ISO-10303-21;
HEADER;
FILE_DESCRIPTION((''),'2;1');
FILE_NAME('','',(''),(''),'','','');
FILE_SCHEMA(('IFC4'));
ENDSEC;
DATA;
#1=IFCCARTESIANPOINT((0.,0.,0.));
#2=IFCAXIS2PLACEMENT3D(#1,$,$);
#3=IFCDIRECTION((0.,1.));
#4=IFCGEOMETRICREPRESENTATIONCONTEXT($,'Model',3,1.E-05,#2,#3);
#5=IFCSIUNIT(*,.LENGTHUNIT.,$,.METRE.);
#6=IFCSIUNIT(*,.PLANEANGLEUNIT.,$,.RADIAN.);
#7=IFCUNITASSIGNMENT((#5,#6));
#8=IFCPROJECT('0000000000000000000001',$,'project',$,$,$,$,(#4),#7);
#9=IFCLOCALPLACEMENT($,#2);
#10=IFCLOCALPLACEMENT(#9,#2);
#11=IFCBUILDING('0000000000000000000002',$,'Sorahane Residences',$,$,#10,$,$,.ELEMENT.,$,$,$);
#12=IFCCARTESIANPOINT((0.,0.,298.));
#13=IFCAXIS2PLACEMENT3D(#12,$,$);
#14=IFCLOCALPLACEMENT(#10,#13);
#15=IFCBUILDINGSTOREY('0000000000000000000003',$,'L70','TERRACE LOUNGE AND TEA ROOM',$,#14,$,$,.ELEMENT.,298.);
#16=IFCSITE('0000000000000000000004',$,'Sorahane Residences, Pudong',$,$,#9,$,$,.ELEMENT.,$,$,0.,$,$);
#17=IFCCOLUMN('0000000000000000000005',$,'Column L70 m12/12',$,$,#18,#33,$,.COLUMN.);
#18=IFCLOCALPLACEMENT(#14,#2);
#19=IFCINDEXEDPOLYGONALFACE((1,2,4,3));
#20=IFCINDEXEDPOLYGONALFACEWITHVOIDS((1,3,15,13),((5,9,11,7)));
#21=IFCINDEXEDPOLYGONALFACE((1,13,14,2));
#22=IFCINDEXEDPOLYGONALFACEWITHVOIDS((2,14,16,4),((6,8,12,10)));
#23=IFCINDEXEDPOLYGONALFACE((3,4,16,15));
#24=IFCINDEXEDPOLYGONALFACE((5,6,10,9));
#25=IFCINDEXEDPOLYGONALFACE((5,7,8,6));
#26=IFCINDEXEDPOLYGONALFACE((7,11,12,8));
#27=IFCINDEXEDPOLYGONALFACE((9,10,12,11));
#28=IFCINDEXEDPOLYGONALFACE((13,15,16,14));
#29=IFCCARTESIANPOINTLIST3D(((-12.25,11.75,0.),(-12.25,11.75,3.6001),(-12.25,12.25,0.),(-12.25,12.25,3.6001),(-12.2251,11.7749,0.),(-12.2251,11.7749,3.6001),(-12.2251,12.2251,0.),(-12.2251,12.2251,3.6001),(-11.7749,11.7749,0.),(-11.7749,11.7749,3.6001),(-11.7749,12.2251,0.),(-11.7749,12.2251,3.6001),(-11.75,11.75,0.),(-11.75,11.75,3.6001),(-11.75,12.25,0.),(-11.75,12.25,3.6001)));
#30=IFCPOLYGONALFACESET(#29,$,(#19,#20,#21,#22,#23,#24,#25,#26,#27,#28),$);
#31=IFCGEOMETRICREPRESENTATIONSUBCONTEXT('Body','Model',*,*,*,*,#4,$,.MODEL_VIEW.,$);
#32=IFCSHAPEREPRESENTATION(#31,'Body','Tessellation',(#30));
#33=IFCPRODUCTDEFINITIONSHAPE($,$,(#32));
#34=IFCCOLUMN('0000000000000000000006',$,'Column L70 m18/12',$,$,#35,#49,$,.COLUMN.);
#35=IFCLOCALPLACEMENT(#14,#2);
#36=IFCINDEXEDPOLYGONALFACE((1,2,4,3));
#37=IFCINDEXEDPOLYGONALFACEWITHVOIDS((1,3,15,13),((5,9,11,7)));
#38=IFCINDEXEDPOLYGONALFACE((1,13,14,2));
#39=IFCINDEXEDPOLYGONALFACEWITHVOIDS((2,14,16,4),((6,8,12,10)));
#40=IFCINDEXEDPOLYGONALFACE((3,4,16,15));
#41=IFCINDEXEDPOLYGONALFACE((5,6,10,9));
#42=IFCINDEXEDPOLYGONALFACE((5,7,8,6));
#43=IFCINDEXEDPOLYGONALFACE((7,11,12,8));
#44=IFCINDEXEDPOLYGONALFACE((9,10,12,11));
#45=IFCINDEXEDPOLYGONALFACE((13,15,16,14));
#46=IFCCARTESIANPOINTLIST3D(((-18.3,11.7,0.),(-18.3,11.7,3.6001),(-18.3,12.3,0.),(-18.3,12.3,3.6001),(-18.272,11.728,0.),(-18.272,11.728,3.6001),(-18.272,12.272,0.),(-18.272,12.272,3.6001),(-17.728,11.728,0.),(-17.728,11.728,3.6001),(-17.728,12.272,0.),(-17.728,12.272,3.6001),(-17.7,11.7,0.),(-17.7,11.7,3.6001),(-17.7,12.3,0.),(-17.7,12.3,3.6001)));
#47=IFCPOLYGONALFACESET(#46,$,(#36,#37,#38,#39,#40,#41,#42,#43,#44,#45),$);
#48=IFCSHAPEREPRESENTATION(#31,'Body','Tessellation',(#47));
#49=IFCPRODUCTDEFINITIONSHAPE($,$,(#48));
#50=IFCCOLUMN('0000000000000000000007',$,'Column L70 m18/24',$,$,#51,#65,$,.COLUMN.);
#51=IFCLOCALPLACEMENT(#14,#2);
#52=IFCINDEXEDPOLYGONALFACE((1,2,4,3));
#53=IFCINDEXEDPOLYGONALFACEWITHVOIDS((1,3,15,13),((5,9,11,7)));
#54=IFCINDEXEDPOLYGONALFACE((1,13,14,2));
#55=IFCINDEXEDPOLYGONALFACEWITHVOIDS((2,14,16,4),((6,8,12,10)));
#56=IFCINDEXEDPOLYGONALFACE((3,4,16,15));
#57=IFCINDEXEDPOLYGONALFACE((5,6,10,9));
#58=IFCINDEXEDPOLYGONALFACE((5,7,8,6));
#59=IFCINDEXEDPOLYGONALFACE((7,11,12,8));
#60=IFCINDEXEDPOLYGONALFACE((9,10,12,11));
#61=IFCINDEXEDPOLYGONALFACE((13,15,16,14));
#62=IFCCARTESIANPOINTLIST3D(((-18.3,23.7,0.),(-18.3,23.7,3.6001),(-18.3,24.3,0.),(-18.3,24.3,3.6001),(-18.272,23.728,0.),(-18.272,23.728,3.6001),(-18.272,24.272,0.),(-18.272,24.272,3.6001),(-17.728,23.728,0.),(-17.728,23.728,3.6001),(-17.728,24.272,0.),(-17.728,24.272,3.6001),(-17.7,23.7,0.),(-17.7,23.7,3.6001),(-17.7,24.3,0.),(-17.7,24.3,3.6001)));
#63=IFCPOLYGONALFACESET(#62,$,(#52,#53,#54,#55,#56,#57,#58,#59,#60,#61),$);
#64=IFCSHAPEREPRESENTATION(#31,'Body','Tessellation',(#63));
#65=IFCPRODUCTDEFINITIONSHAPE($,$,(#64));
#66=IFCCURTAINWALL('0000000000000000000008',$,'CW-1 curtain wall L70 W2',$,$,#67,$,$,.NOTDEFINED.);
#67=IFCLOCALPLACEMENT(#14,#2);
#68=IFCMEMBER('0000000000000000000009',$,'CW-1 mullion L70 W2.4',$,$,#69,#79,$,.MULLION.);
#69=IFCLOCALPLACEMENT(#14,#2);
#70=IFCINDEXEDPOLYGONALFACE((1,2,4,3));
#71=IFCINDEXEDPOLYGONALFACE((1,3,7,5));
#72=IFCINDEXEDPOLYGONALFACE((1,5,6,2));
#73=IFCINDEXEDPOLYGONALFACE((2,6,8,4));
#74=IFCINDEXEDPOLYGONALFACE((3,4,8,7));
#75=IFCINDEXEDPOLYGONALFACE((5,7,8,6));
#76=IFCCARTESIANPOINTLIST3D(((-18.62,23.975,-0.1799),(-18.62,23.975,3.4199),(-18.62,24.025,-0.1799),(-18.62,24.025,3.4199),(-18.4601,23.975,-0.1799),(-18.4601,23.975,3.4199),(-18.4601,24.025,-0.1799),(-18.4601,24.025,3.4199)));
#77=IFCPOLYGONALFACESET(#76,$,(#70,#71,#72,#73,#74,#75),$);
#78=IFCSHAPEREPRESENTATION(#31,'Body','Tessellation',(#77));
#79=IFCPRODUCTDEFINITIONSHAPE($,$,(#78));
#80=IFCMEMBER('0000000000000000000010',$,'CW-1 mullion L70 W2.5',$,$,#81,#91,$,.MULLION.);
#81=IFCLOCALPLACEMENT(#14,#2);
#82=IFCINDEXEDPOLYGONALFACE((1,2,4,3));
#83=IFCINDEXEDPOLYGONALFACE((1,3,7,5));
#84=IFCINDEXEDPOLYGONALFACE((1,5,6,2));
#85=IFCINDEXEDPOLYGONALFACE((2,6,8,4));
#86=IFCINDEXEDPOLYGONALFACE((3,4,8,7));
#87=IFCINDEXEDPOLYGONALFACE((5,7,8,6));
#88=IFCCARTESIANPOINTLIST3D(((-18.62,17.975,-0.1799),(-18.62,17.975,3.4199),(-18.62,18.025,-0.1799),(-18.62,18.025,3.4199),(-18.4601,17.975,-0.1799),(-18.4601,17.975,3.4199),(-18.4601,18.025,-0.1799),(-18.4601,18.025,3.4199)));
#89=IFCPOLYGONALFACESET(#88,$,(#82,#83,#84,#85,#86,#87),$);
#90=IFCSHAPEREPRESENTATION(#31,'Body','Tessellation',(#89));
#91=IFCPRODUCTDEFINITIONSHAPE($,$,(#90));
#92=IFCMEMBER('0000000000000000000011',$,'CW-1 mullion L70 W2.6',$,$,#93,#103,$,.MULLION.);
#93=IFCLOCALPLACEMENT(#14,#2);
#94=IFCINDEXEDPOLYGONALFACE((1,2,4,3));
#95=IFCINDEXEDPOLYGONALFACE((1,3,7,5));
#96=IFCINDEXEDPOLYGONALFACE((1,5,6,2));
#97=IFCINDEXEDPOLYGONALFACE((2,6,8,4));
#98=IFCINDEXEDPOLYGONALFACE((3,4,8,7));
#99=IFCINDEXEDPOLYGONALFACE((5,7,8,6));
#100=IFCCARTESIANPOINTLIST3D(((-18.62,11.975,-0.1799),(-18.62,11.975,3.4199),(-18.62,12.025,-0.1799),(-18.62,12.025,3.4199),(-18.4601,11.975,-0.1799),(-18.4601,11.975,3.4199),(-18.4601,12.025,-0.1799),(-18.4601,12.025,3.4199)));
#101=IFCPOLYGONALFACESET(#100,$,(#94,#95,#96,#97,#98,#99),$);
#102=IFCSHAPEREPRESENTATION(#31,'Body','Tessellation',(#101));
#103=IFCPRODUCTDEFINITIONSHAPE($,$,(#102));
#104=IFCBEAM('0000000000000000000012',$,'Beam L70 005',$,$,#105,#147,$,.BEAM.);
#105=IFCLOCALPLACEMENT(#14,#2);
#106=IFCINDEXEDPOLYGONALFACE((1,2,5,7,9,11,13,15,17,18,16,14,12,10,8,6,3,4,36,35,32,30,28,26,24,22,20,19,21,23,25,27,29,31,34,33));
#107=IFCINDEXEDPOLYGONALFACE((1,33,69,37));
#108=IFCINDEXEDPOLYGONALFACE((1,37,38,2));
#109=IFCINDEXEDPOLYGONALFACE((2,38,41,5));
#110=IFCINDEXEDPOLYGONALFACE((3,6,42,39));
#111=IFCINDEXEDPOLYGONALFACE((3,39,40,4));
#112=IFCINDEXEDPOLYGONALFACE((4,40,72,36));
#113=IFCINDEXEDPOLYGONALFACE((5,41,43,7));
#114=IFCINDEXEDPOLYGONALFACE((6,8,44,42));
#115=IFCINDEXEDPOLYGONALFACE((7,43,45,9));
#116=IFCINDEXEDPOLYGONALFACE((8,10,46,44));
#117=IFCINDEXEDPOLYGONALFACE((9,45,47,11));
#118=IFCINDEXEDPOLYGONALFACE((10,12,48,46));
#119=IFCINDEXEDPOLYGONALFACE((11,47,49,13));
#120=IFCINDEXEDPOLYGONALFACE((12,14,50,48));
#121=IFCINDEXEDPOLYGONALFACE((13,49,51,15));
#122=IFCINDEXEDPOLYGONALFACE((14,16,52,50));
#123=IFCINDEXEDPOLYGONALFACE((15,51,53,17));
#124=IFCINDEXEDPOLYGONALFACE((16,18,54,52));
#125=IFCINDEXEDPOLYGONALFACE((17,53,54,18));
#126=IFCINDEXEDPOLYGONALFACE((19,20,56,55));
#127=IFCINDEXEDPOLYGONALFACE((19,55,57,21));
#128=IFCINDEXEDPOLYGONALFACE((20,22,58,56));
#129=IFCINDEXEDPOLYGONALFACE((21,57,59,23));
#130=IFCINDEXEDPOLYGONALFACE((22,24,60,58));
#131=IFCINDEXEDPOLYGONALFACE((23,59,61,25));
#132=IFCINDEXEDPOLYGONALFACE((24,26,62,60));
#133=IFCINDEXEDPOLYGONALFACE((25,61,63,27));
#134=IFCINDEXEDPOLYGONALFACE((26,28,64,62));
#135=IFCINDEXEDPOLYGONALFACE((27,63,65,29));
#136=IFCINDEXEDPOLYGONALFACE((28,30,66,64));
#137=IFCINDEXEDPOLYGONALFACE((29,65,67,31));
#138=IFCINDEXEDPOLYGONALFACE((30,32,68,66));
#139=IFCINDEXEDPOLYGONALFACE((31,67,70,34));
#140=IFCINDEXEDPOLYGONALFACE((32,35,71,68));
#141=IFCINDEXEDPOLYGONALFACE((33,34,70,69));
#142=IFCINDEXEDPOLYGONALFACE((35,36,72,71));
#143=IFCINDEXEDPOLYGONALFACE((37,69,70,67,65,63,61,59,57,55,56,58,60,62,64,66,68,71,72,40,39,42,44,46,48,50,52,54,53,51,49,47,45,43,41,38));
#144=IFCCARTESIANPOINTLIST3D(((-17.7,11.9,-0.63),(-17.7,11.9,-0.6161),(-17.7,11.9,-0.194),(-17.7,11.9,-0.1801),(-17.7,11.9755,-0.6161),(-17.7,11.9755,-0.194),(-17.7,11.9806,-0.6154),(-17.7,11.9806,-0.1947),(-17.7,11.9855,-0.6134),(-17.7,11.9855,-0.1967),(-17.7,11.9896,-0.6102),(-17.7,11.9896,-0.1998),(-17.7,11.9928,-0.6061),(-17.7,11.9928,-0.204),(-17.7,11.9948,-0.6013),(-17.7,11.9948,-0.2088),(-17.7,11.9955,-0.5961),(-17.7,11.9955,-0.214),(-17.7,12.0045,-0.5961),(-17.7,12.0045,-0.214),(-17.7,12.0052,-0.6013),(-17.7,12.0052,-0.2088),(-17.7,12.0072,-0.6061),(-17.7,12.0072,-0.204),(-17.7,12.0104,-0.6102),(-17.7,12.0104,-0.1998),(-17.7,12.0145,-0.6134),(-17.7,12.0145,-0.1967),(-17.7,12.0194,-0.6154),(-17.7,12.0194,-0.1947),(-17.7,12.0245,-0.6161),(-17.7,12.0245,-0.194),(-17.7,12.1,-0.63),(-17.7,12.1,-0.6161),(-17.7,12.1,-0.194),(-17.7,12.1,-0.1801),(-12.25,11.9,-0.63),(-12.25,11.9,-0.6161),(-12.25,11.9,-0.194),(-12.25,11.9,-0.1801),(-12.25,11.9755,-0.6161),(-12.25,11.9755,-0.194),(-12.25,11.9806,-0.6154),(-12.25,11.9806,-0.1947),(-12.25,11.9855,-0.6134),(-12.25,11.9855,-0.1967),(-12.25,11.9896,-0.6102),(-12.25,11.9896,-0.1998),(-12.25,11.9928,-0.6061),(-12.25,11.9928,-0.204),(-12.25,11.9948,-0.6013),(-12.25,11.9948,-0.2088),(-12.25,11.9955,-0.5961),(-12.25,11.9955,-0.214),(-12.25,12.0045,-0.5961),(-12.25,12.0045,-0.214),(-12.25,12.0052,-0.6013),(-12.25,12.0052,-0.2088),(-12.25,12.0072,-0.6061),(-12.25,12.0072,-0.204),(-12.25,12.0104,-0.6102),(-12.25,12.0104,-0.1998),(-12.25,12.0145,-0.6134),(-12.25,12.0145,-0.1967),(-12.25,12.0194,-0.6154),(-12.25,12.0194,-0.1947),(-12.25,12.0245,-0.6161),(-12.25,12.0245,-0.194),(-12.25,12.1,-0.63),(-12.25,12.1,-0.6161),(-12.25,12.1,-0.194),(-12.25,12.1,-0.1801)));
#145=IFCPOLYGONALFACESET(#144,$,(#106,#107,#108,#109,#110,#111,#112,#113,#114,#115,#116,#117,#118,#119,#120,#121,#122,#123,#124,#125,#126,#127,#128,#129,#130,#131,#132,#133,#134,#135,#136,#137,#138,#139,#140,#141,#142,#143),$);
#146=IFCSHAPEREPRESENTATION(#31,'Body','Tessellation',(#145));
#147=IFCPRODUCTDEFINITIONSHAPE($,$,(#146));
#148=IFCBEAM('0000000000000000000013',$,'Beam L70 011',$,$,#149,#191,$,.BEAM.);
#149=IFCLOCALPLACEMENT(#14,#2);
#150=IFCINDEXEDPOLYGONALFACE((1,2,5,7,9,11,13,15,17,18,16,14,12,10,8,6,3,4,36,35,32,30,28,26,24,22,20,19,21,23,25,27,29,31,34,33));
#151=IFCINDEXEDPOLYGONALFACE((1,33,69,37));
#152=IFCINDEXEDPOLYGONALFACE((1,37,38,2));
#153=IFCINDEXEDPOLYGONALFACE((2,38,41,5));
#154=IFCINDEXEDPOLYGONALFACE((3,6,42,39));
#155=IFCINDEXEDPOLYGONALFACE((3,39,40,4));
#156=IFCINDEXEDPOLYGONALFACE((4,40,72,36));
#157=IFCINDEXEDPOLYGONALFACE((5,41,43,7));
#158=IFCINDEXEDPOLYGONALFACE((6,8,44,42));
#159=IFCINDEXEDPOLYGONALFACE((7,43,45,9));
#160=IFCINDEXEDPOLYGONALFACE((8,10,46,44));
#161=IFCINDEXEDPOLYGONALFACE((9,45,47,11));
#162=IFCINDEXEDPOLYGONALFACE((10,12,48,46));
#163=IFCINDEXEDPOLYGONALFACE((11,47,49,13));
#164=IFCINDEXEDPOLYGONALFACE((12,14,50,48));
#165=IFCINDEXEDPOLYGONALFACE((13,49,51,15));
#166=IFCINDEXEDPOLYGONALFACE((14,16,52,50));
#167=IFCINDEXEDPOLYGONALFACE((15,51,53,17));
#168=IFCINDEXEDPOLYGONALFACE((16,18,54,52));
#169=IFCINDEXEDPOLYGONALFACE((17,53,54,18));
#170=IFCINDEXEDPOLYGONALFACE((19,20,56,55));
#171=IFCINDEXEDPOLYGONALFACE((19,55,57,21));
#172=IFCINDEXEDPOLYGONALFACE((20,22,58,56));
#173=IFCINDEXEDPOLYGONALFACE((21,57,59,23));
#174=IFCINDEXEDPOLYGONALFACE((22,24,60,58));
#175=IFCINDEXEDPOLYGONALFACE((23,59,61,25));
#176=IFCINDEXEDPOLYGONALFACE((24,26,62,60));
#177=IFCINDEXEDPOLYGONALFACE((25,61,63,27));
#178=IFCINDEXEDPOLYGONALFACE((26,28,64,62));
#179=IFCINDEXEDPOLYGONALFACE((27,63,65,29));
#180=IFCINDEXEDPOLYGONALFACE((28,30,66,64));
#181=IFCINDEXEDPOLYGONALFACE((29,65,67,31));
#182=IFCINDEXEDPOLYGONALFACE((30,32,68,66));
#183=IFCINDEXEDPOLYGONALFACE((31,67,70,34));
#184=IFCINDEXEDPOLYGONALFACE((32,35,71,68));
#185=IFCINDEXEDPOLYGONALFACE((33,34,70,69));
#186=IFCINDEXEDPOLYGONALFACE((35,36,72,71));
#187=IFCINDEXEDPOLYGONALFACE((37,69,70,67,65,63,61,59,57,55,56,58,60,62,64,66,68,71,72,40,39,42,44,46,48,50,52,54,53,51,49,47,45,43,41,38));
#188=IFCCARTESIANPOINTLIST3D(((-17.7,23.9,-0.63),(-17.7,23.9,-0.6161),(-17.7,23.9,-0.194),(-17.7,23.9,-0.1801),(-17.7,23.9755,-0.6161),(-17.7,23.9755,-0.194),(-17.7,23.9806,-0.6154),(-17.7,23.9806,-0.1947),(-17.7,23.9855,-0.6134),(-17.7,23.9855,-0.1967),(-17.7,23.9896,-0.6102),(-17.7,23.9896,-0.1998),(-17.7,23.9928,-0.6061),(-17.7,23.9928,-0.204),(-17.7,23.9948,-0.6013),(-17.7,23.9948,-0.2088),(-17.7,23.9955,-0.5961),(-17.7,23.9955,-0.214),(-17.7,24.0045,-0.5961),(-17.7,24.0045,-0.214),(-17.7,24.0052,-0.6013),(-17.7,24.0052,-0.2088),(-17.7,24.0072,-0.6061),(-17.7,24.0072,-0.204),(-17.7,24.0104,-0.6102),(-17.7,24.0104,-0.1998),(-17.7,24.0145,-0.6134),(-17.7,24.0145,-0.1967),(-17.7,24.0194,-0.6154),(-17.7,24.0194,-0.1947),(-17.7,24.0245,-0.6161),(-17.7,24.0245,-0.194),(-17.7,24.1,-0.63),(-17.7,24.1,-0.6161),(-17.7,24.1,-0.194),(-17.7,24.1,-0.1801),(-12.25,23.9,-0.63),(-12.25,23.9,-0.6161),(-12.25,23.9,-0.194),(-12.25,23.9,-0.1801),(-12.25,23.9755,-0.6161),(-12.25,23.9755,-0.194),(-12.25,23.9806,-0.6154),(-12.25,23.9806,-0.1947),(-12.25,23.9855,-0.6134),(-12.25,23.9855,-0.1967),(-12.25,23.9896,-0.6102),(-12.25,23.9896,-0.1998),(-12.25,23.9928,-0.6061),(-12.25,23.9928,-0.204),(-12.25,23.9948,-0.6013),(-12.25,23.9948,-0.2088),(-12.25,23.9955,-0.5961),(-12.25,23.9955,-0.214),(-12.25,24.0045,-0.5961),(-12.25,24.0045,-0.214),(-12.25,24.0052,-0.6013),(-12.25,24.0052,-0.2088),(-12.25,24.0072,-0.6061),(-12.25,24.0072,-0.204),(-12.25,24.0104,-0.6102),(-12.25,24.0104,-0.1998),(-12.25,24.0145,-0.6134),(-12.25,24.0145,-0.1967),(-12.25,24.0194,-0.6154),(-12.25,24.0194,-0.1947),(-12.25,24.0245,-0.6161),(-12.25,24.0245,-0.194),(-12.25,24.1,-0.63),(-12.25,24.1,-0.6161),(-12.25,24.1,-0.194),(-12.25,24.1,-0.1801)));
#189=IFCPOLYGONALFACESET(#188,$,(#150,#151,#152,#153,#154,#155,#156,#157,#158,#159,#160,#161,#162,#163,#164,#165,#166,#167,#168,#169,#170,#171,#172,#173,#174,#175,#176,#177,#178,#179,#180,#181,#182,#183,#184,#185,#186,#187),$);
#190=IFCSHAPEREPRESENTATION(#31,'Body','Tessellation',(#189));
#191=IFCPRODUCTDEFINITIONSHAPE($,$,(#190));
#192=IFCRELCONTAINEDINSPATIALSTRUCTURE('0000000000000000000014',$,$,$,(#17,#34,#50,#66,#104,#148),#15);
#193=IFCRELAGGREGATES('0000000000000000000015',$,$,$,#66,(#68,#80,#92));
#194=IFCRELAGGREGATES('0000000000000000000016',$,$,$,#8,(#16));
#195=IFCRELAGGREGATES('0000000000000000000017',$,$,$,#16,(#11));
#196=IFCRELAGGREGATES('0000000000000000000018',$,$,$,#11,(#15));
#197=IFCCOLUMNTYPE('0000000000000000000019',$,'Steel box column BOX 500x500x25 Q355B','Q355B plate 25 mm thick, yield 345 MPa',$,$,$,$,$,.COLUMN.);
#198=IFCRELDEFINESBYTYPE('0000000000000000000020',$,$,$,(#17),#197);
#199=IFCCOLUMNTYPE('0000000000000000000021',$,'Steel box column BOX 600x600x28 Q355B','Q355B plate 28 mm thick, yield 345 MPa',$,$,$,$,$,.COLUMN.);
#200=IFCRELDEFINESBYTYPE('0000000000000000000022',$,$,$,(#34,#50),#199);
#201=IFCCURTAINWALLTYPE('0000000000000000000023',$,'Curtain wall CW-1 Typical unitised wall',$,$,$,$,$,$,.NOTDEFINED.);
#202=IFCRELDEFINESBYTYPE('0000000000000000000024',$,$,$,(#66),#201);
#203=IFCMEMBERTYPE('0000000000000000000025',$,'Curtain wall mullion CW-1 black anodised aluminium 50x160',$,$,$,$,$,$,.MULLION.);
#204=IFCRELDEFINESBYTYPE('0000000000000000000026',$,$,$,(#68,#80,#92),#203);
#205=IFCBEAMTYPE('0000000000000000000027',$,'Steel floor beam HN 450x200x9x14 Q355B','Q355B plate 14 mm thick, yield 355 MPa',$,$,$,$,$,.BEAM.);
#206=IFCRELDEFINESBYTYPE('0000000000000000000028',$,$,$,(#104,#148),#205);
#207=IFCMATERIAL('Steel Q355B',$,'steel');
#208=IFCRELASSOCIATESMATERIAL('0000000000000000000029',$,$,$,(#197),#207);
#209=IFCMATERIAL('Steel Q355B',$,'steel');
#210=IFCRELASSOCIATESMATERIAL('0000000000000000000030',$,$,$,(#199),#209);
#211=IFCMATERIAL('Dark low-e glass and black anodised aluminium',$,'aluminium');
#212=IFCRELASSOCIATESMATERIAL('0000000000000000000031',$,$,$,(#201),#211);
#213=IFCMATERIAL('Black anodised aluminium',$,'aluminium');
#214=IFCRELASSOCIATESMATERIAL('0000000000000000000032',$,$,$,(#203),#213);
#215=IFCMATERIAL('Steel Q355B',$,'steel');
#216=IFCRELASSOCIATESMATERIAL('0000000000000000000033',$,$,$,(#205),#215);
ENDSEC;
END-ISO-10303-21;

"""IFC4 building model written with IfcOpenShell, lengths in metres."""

from ifc_helpers import new_model, si_unit, direction, frame, origin, origin_2d, place, context, subcontext, project, spatial, rectangle, hollow_rectangle, i_section, extrude, material, material_profile, profile_set, type_object, element, aggregate, save


model = new_model("IFC4")

# Units and contexts
model_context = context("Model", 3, precision=1e-05, world=origin(), true_north=direction((0.0, 1.0)))
body_context = subcontext(model_context, "Body", "Model", "MODEL_VIEW")
ifc_project = project(units=[si_unit("LENGTHUNIT", "METRE"), si_unit("PLANEANGLEUNIT", "RADIAN")], contexts=[model_context])

# Site, building, storey
site_placement = place(None, origin())
site = spatial("IfcSite", under=ifc_project, at=site_placement, Name="Sorahane Residences, Pudong", CompositionType="ELEMENT", RefElevation=0.0)
building_placement = place(site_placement, origin())
building = spatial("IfcBuilding", under=site, at=building_placement, Name="Sorahane Residences", CompositionType="ELEMENT")
storey_placement = place(building_placement, frame((0.0, 0.0, 298.0)))
storey = spatial("IfcBuildingStorey", under=building, at=storey_placement, Name="L70", Description="TERRACE LOUNGE AND TEA ROOM", CompositionType="ELEMENT", Elevation=298.0)

# Columns
ifc_material_1 = material(Name="Steel Q355B", Category="steel")
ifc_material_profile_1 = material_profile(ifc_material_1, hollow_rectangle(XDim=0.5, YDim=0.5, WallThickness=0.0249, at=origin_2d()), Name="BOX 500x500x25")
ifc_profile_set_1 = profile_set([ifc_material_profile_1], Name="Steel Q355B")
column_type_1 = type_object("IfcColumnType", Name="Steel box column BOX 500x500x25 Q355B", Description="Q355B plate 25 mm thick, yield 345 MPa", PredefinedType="COLUMN", material=ifc_profile_set_1)
column_placement = place(storey_placement, frame((-12.0, 12.0, 0.0), z_axis=(0.0, 0.0, 1.0), x_axis=(1.0, 0.0, 0.0)))
element("IfcColumn", 1, at=column_placement, inside=storey, type_object=column_type_1, Name="Column L70 m12/12", PredefinedType="COLUMN", context=body_context, shape_type="SweptSolid", body=[
    extrude(hollow_rectangle(XDim=0.5, YDim=0.5, WallThickness=0.0249, at=origin_2d()), origin(), (0.0, 0.0, 1.0), 3.6001),
])
ifc_material_2 = material(Name="Steel Q355B", Category="steel")
ifc_material_profile_2 = material_profile(ifc_material_2, hollow_rectangle(XDim=0.6001, YDim=0.6001, WallThickness=0.0281, at=origin_2d()), Name="BOX 600x600x28")
ifc_profile_set_2 = profile_set([ifc_material_profile_2], Name="Steel Q355B")
column_type_2 = type_object("IfcColumnType", Name="Steel box column BOX 600x600x28 Q355B", Description="Q355B plate 28 mm thick, yield 345 MPa", PredefinedType="COLUMN", material=ifc_profile_set_2)
for number, where, z_axis, x_axis, name in (
    (2, (-18.0, 12.0, 0.0), (0.0, 0.0, 1.0), (1.0, 0.0, 0.0), "Column L70 m18/12"),
    (3, (-18.0, 24.0, 0.0), (0.0, 0.0, 1.0), (1.0, 0.0, 0.0), "Column L70 m18/24"),
):
    element("IfcColumn", number, at=place(storey_placement, frame(where, z_axis=z_axis, x_axis=x_axis)), inside=storey, type_object=column_type_2, Name=name, PredefinedType="COLUMN", context=body_context, shape_type="SweptSolid", body=[
        extrude(hollow_rectangle(XDim=0.6001, YDim=0.6001, WallThickness=0.0281, at=origin_2d()), origin(), (0.0, 0.0, 1.0), 3.6001),
    ])

# Curtain wall, members
ifc_material_3 = material(Name="Dark low-e glass and black anodised aluminium", Category="aluminium")
curtain_wall_type = type_object("IfcCurtainWallType", Name="Curtain wall CW-1 Typical unitised wall", PredefinedType="NOTDEFINED", material=ifc_material_3)
curtain_wall_placement = place(storey_placement, origin())
curtain_wall = element("IfcCurtainWall", 4, at=curtain_wall_placement, inside=storey, type_object=curtain_wall_type, Name="CW-1 curtain wall L70 W2", PredefinedType="NOTDEFINED")
ifc_material_4 = material(Name="Black anodised aluminium", Category="aluminium")
ifc_material_profile_3 = material_profile(ifc_material_4, rectangle(XDim=0.1599, YDim=0.05, at=origin_2d()), Name="Curtain wall mullion CW-1 black anodised aluminium 50x160")
ifc_profile_set_3 = profile_set([ifc_material_profile_3], Name="Black anodised aluminium")
member_type = type_object("IfcMemberType", Name="Curtain wall mullion CW-1 black anodised aluminium 50x160", PredefinedType="MULLION", material=ifc_profile_set_3)
member_1_placement = place(storey_placement, frame((-18.54, 24.0, -0.1799), z_axis=(0.0, 0.0, 1.0), x_axis=(-1.0, 0.0, 0.0)))
member_1 = element("IfcMember", 5, at=member_1_placement, type_object=member_type, Name="CW-1 mullion L70 W2.4", PredefinedType="MULLION", context=body_context, shape_type="SweptSolid", body=[
    extrude(rectangle(XDim=0.1599, YDim=0.05, at=origin_2d()), origin(), (0.0, 0.0, 1.0), 3.5999),
])
member_2_placement = place(storey_placement, frame((-18.54, 18.0, -0.1799), z_axis=(0.0, 0.0, 1.0), x_axis=(-1.0, 0.0, 0.0)))
member_2 = element("IfcMember", 6, at=member_2_placement, type_object=member_type, Name="CW-1 mullion L70 W2.5", PredefinedType="MULLION", context=body_context, shape_type="SweptSolid", body=[
    extrude(rectangle(XDim=0.1599, YDim=0.05, at=origin_2d()), origin(), (0.0, 0.0, 1.0), 3.5999),
])
member_3_placement = place(storey_placement, frame((-18.54, 12.0, -0.1799), z_axis=(0.0, 0.0, 1.0), x_axis=(-1.0, 0.0, 0.0)))
member_3 = element("IfcMember", 7, at=member_3_placement, type_object=member_type, Name="CW-1 mullion L70 W2.6", PredefinedType="MULLION", context=body_context, shape_type="SweptSolid", body=[
    extrude(rectangle(XDim=0.1599, YDim=0.05, at=origin_2d()), origin(), (0.0, 0.0, 1.0), 3.5999),
])

# Beams
ifc_material_5 = material(Name="Steel Q355B", Category="steel")
ifc_material_profile_4 = material_profile(ifc_material_5, i_section(OverallWidth=0.2, OverallDepth=0.45, WebThickness=0.009, FlangeThickness=0.0139, FilletRadius=0.02, at=origin_2d()), Name="HN 450x200x9x14")
ifc_profile_set_4 = profile_set([ifc_material_profile_4], Name="Steel Q355B")
beam_type_1 = type_object("IfcBeamType", Name="Steel floor beam HN 450x200x9x14 Q355B", Description="Q355B plate 14 mm thick, yield 355 MPa", PredefinedType="BEAM", material=ifc_profile_set_4)
for number, where, z_axis, x_axis, name in (
    (8, (-17.7, 12.0, -0.405), (1.0, 0.0, 0.0), (0.0, 1.0, 0.0), "Beam L70 005"),
    (9, (-17.7, 24.0, -0.405), (1.0, 0.0, 0.0), (0.0, 1.0, 0.0), "Beam L70 011"),
):
    element("IfcBeam", number, at=place(storey_placement, frame(where, z_axis=z_axis, x_axis=x_axis)), inside=storey, type_object=beam_type_1, Name=name, PredefinedType="BEAM", context=body_context, shape_type="SweptSolid", body=[
        extrude(i_section(OverallWidth=0.2, OverallDepth=0.45, WebThickness=0.009, FlangeThickness=0.0139, FilletRadius=0.02, at=origin_2d()), origin(), (0.0, 0.0, 1.0), 5.45),
    ])

aggregate(curtain_wall, [member_1, member_2, member_3])

save(model, "model.ifc")
